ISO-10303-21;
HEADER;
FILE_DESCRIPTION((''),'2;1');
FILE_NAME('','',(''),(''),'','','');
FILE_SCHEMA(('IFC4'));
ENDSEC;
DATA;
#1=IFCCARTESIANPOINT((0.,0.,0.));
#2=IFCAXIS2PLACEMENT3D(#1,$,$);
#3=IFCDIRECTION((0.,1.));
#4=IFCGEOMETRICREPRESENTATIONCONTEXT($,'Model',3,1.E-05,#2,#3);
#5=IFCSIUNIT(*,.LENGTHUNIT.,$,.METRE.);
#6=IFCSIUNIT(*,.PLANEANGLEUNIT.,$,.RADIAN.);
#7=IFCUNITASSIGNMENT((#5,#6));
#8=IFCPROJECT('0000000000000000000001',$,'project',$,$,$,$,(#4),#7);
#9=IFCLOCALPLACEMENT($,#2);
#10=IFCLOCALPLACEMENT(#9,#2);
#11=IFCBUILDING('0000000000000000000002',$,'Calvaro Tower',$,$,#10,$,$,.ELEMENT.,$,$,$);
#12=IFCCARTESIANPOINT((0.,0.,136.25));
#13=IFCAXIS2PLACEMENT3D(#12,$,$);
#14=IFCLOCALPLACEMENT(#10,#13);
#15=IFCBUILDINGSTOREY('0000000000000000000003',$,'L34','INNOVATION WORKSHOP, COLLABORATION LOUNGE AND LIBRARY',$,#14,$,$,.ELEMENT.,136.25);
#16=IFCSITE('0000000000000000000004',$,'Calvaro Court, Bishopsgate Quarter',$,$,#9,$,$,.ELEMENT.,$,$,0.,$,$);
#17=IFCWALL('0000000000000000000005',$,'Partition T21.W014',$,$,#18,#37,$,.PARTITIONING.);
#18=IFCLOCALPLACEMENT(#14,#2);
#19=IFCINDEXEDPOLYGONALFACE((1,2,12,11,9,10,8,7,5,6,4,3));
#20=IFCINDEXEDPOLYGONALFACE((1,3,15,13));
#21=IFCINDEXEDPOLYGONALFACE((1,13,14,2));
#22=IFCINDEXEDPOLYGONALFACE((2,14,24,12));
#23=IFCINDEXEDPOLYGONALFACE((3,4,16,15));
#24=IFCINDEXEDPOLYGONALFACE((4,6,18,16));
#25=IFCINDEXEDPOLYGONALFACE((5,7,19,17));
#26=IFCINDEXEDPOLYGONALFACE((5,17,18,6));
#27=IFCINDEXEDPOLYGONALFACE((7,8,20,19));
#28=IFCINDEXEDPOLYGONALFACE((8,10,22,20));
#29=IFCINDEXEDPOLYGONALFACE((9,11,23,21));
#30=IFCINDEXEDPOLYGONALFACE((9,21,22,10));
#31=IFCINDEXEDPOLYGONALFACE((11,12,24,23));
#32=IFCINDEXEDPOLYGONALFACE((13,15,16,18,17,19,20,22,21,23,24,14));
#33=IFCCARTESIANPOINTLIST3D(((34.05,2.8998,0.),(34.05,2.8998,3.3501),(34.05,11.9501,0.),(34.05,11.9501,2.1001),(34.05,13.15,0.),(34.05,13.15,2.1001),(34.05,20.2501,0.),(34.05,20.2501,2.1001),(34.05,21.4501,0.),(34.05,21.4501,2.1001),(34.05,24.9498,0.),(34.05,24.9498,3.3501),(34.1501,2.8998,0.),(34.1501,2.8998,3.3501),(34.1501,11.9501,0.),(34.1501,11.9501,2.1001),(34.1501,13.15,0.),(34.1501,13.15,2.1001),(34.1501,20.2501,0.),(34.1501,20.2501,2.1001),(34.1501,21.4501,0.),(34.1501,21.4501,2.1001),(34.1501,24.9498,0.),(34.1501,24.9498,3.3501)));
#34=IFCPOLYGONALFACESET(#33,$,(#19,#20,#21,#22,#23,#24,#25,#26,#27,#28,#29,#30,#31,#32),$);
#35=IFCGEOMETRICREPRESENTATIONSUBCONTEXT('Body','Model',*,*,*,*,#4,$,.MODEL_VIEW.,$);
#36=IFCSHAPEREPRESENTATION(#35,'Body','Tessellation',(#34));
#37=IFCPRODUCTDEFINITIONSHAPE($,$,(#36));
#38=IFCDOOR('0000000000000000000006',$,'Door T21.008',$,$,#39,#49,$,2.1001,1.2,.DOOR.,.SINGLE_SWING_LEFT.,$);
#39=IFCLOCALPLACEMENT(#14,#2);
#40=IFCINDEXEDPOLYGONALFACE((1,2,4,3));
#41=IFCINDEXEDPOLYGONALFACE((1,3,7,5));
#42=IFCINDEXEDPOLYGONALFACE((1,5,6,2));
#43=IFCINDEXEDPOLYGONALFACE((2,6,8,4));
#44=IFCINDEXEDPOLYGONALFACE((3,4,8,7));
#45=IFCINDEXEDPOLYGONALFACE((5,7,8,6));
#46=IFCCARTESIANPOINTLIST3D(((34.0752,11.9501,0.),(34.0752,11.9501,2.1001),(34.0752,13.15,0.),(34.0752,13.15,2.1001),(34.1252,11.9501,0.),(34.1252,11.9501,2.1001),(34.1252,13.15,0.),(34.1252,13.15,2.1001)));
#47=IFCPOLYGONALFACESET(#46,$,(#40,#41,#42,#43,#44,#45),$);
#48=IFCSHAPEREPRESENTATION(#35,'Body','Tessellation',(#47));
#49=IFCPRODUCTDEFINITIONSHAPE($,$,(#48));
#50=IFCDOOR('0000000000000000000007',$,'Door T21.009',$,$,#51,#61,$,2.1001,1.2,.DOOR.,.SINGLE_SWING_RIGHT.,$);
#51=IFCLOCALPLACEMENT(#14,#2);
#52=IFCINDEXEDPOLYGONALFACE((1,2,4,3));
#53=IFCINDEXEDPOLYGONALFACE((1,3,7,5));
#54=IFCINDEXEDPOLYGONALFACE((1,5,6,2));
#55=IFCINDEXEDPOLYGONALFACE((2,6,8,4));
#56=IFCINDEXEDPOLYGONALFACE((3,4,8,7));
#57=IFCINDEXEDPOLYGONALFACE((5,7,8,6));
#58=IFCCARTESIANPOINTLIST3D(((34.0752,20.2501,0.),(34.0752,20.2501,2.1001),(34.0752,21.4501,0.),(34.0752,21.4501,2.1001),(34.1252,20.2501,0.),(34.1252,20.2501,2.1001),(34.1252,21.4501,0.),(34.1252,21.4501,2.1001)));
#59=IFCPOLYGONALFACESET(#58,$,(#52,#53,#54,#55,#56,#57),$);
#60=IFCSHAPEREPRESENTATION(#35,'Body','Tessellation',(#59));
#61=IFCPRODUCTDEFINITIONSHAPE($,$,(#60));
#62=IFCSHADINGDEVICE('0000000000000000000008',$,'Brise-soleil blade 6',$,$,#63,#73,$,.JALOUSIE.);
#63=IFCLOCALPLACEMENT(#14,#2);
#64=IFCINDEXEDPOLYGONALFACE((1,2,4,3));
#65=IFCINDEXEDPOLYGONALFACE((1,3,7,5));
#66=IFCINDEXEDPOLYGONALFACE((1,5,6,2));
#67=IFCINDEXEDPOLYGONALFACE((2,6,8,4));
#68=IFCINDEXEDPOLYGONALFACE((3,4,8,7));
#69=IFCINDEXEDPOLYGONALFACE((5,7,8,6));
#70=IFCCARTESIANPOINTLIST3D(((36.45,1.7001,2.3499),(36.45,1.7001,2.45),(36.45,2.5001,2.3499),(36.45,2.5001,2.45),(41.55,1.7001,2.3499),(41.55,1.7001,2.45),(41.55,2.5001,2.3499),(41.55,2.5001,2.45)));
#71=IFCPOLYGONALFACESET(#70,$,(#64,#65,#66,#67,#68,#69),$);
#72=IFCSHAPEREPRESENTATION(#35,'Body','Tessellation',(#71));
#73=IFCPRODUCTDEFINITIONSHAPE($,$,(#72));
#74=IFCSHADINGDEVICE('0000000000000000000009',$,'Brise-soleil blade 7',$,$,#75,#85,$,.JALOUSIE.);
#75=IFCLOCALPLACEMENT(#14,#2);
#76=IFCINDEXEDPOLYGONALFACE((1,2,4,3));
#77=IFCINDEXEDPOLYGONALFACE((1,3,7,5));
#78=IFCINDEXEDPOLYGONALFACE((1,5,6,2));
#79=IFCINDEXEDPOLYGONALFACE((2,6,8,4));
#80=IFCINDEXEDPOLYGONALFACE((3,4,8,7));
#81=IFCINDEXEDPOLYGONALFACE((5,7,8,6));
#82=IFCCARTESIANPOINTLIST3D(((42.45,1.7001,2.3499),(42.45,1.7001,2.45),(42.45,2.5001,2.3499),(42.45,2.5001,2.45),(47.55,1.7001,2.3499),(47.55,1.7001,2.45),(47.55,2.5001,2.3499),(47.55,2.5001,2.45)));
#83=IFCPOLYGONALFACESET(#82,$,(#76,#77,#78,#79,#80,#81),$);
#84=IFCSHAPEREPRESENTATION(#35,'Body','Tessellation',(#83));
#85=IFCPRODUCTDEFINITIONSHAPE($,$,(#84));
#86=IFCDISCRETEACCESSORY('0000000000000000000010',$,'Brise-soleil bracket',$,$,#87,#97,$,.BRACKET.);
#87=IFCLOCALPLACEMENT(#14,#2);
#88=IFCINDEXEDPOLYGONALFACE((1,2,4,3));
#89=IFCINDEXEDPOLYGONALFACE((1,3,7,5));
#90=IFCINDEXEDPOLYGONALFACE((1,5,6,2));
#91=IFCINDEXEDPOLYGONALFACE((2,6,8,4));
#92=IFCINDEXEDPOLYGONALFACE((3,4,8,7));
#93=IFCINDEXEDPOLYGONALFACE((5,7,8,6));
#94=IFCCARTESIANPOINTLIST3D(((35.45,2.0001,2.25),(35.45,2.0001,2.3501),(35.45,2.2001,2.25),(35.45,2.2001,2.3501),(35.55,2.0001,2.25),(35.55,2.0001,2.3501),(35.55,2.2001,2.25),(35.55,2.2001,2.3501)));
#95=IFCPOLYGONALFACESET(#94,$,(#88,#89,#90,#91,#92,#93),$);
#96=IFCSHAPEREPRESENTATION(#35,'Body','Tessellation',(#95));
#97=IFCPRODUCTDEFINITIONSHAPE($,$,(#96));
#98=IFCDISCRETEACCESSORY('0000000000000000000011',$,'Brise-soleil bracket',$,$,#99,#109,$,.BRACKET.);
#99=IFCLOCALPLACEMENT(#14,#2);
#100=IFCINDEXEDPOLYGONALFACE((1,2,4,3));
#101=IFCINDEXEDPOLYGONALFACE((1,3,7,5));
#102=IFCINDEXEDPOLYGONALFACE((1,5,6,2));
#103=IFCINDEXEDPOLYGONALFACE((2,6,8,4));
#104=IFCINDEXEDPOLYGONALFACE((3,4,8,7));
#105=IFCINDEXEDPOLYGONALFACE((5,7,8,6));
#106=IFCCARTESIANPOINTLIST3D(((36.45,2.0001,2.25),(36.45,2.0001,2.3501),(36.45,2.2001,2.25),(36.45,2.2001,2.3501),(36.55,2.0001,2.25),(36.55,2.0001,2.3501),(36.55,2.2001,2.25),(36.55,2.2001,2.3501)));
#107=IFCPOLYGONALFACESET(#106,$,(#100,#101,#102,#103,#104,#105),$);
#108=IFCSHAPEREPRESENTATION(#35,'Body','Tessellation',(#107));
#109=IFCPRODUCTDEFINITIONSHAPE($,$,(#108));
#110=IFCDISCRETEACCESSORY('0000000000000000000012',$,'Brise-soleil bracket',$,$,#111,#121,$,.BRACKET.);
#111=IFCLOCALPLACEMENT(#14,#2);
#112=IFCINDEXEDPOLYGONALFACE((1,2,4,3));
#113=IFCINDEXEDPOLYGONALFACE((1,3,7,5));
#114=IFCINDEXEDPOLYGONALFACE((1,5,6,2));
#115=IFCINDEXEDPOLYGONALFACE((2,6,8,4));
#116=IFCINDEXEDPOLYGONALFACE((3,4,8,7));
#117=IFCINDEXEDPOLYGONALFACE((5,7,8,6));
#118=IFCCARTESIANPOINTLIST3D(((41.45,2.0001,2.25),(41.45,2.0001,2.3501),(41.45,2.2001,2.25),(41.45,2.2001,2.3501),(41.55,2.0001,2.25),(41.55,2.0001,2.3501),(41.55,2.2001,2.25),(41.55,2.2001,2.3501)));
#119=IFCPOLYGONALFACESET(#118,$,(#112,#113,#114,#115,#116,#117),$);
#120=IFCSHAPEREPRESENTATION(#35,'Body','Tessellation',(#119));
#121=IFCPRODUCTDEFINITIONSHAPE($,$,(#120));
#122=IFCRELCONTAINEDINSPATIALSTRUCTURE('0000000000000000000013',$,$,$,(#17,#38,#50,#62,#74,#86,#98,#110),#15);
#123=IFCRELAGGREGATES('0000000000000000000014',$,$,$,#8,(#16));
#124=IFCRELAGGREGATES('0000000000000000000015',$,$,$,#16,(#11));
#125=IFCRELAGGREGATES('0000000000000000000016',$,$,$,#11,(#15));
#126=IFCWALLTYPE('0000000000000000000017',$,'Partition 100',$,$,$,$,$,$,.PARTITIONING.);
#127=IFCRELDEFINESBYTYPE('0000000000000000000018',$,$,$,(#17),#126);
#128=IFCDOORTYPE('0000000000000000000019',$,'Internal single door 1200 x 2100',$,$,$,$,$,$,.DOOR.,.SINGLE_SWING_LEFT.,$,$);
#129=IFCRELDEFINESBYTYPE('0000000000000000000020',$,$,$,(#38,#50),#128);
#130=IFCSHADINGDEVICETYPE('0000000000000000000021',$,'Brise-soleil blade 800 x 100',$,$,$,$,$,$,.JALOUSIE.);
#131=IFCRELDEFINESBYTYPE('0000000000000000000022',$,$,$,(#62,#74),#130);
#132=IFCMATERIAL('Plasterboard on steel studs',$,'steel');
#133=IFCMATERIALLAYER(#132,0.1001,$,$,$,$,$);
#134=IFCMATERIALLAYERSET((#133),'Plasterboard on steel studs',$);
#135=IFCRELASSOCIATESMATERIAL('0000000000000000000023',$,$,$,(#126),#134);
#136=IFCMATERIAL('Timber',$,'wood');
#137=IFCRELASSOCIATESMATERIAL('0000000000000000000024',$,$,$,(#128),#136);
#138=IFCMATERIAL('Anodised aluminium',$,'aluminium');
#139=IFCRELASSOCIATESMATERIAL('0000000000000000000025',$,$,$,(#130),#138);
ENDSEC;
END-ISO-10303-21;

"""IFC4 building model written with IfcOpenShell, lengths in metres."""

from ifc_helpers import new_model, si_unit, direction, frame, frame_2d, origin, origin_2d, place, context, subcontext, project, spatial, rectangle, extrude, material, layer, layer_set, material_profile, profile_set, type_object, element, fill, save


model = new_model("IFC4")

# Units and contexts
model_context = context("Model", 3, precision=1e-05, world=origin(), true_north=direction((0.0, 1.0)))
body_context = subcontext(model_context, "Body", "Model", "MODEL_VIEW")
ifc_project = project(units=[si_unit("LENGTHUNIT", "METRE"), si_unit("PLANEANGLEUNIT", "RADIAN")], contexts=[model_context])

# Site, building, storey
site_placement = place(None, origin())
site = spatial("IfcSite", under=ifc_project, at=site_placement, Name="Calvaro Court, Bishopsgate Quarter", CompositionType="ELEMENT", RefElevation=0.0)
building_placement = place(site_placement, origin())
building = spatial("IfcBuilding", under=site, at=building_placement, Name="Calvaro Tower", CompositionType="ELEMENT")
storey_placement = place(building_placement, frame((0.0, 0.0, 136.25)))
storey = spatial("IfcBuildingStorey", under=building, at=storey_placement, Name="L34", Description="INNOVATION WORKSHOP, COLLABORATION LOUNGE AND LIBRARY", CompositionType="ELEMENT", Elevation=136.25)

# Wall, openings, doors
ifc_material_1 = material(Name="Plasterboard on steel studs", Category="steel")
ifc_layer_1 = layer(ifc_material_1, 0.1001)
ifc_layer_set_1 = layer_set([ifc_layer_1], Name="Plasterboard on steel studs")
wall_type = type_object("IfcWallType", Name="Partition 100", PredefinedType="PARTITIONING", material=ifc_layer_set_1)
wall_placement = place(storey_placement, frame((34.1001, 2.8999, 0.0), z_axis=(0.0, 0.0, 1.0), x_axis=(0.0, 1.0, 0.0)))
wall = element("IfcWall", 1, at=wall_placement, inside=storey, type_object=wall_type, Name="Partition T21.W014", PredefinedType="PARTITIONING", context=body_context, shape_type="SweptSolid", body=[
    extrude(rectangle(XDim=22.05, YDim=0.1001, at=frame_2d((11.0249, 0.0))), origin(), (0.0, 0.0, 1.0), 3.3501),
])
opening_1_placement = place(wall_placement, frame((9.05, 0.0, 0.0)))
opening_1 = element("IfcOpeningElement", 2, at=opening_1_placement, cuts=wall, PredefinedType="OPENING", context=body_context, shape_type="SweptSolid", body=[
    extrude(rectangle(XDim=1.2, YDim=2.1001, at=frame_2d((0.6001, 1.05))), frame((0.0, 0.0601, 0.0), z_axis=(0.0, -1.0, 0.0), x_axis=(1.0, 0.0, 0.0)), (0.0, 0.0, 1.0), 0.1201),
])
opening_2_placement = place(wall_placement, frame((17.3501, 0.0, 0.0)))
opening_2 = element("IfcOpeningElement", 3, at=opening_2_placement, cuts=wall, PredefinedType="OPENING", context=body_context, shape_type="SweptSolid", body=[
    extrude(rectangle(XDim=1.2, YDim=2.1001, at=frame_2d((0.6001, 1.05))), frame((0.0, 0.0601, 0.0), z_axis=(0.0, -1.0, 0.0), x_axis=(1.0, 0.0, 0.0)), (0.0, 0.0, 1.0), 0.1201),
])
ifc_material_2 = material(Name="Timber", Category="wood")
door_type = type_object("IfcDoorType", Name="Internal single door 1200 x 2100", OperationType="SINGLE_SWING_LEFT", PredefinedType="DOOR", material=ifc_material_2)
door_1_placement = place(opening_1_placement, origin())
door_1 = element("IfcDoor", 4, at=door_1_placement, inside=storey, type_object=door_type, Name="Door T21.008", OperationType="SINGLE_SWING_LEFT", OverallHeight=2.1001, OverallWidth=1.2, PredefinedType="DOOR", context=body_context, shape_type="SweptSolid", body=[
    extrude(rectangle(XDim=1.2, YDim=2.1001, at=frame_2d((0.6001, 1.05))), frame((0.0, 0.0249, 0.0), z_axis=(0.0, -1.0, 0.0), x_axis=(1.0, 0.0, 0.0)), (0.0, 0.0, 1.0), 0.05),
])
fill(opening_1, door_1)
door_2_placement = place(opening_2_placement, origin())
door_2 = element("IfcDoor", 5, at=door_2_placement, inside=storey, type_object=door_type, Name="Door T21.009", OperationType="SINGLE_SWING_RIGHT", OverallHeight=2.1001, OverallWidth=1.2, PredefinedType="DOOR", context=body_context, shape_type="SweptSolid", body=[
    extrude(rectangle(XDim=1.2, YDim=2.1001, at=frame_2d((0.6001, 1.05))), frame((0.0, 0.0249, 0.0), z_axis=(0.0, -1.0, 0.0), x_axis=(1.0, 0.0, 0.0)), (0.0, 0.0, 1.0), 0.05),
])
fill(opening_2, door_2)

# Shading devices
ifc_material_3 = material(Name="Anodised aluminium", Category="aluminium")
ifc_material_profile_1 = material_profile(ifc_material_3, rectangle(XDim=0.8, YDim=0.1001, at=origin_2d()), Name="Brise-soleil blade 800 x 100")
ifc_profile_set_1 = profile_set([ifc_material_profile_1], Name="Anodised aluminium")
shading_device_type = type_object("IfcShadingDeviceType", Name="Brise-soleil blade 800 x 100", PredefinedType="JALOUSIE", material=ifc_profile_set_1)
for number, where, z_axis, x_axis, name in (
    (6, (36.45, 2.1001, 2.3999), (1.0, 0.0, 0.0), (0.0, 1.0, 0.0), "Brise-soleil blade 6"),
    (7, (42.45, 2.1001, 2.3999), (1.0, 0.0, 0.0), (0.0, 1.0, 0.0), "Brise-soleil blade 7"),
):
    element("IfcShadingDevice", number, at=place(storey_placement, frame(where, z_axis=z_axis, x_axis=x_axis)), inside=storey, type_object=shading_device_type, Name=name, PredefinedType="JALOUSIE", context=body_context, shape_type="SweptSolid", body=[
        extrude(rectangle(XDim=0.8, YDim=0.1001, at=origin_2d()), origin(), (0.0, 0.0, 1.0), 5.1001),
    ])

# Discrete accessories
for number, where, z_axis, x_axis, name in (
    (8, (35.5, 2.1001, 2.25), (0.0, 0.0, 1.0), (1.0, 0.0, 0.0), "Brise-soleil bracket"),
    (9, (36.5, 2.1001, 2.25), (0.0, 0.0, 1.0), (1.0, 0.0, 0.0), "Brise-soleil bracket"),
    (10, (41.5, 2.1001, 2.25), (0.0, 0.0, 1.0), (1.0, 0.0, 0.0), "Brise-soleil bracket"),
):
    element("IfcDiscreteAccessory", number, at=place(storey_placement, frame(where, z_axis=z_axis, x_axis=x_axis)), inside=storey, Name=name, PredefinedType="BRACKET", context=body_context, shape_type="SweptSolid", body=[
        extrude(rectangle(XDim=0.1001, YDim=0.2, at=origin_2d()), origin(), (0.0, 0.0, 1.0), 0.1001),
    ])

save(model, "model.ifc")
